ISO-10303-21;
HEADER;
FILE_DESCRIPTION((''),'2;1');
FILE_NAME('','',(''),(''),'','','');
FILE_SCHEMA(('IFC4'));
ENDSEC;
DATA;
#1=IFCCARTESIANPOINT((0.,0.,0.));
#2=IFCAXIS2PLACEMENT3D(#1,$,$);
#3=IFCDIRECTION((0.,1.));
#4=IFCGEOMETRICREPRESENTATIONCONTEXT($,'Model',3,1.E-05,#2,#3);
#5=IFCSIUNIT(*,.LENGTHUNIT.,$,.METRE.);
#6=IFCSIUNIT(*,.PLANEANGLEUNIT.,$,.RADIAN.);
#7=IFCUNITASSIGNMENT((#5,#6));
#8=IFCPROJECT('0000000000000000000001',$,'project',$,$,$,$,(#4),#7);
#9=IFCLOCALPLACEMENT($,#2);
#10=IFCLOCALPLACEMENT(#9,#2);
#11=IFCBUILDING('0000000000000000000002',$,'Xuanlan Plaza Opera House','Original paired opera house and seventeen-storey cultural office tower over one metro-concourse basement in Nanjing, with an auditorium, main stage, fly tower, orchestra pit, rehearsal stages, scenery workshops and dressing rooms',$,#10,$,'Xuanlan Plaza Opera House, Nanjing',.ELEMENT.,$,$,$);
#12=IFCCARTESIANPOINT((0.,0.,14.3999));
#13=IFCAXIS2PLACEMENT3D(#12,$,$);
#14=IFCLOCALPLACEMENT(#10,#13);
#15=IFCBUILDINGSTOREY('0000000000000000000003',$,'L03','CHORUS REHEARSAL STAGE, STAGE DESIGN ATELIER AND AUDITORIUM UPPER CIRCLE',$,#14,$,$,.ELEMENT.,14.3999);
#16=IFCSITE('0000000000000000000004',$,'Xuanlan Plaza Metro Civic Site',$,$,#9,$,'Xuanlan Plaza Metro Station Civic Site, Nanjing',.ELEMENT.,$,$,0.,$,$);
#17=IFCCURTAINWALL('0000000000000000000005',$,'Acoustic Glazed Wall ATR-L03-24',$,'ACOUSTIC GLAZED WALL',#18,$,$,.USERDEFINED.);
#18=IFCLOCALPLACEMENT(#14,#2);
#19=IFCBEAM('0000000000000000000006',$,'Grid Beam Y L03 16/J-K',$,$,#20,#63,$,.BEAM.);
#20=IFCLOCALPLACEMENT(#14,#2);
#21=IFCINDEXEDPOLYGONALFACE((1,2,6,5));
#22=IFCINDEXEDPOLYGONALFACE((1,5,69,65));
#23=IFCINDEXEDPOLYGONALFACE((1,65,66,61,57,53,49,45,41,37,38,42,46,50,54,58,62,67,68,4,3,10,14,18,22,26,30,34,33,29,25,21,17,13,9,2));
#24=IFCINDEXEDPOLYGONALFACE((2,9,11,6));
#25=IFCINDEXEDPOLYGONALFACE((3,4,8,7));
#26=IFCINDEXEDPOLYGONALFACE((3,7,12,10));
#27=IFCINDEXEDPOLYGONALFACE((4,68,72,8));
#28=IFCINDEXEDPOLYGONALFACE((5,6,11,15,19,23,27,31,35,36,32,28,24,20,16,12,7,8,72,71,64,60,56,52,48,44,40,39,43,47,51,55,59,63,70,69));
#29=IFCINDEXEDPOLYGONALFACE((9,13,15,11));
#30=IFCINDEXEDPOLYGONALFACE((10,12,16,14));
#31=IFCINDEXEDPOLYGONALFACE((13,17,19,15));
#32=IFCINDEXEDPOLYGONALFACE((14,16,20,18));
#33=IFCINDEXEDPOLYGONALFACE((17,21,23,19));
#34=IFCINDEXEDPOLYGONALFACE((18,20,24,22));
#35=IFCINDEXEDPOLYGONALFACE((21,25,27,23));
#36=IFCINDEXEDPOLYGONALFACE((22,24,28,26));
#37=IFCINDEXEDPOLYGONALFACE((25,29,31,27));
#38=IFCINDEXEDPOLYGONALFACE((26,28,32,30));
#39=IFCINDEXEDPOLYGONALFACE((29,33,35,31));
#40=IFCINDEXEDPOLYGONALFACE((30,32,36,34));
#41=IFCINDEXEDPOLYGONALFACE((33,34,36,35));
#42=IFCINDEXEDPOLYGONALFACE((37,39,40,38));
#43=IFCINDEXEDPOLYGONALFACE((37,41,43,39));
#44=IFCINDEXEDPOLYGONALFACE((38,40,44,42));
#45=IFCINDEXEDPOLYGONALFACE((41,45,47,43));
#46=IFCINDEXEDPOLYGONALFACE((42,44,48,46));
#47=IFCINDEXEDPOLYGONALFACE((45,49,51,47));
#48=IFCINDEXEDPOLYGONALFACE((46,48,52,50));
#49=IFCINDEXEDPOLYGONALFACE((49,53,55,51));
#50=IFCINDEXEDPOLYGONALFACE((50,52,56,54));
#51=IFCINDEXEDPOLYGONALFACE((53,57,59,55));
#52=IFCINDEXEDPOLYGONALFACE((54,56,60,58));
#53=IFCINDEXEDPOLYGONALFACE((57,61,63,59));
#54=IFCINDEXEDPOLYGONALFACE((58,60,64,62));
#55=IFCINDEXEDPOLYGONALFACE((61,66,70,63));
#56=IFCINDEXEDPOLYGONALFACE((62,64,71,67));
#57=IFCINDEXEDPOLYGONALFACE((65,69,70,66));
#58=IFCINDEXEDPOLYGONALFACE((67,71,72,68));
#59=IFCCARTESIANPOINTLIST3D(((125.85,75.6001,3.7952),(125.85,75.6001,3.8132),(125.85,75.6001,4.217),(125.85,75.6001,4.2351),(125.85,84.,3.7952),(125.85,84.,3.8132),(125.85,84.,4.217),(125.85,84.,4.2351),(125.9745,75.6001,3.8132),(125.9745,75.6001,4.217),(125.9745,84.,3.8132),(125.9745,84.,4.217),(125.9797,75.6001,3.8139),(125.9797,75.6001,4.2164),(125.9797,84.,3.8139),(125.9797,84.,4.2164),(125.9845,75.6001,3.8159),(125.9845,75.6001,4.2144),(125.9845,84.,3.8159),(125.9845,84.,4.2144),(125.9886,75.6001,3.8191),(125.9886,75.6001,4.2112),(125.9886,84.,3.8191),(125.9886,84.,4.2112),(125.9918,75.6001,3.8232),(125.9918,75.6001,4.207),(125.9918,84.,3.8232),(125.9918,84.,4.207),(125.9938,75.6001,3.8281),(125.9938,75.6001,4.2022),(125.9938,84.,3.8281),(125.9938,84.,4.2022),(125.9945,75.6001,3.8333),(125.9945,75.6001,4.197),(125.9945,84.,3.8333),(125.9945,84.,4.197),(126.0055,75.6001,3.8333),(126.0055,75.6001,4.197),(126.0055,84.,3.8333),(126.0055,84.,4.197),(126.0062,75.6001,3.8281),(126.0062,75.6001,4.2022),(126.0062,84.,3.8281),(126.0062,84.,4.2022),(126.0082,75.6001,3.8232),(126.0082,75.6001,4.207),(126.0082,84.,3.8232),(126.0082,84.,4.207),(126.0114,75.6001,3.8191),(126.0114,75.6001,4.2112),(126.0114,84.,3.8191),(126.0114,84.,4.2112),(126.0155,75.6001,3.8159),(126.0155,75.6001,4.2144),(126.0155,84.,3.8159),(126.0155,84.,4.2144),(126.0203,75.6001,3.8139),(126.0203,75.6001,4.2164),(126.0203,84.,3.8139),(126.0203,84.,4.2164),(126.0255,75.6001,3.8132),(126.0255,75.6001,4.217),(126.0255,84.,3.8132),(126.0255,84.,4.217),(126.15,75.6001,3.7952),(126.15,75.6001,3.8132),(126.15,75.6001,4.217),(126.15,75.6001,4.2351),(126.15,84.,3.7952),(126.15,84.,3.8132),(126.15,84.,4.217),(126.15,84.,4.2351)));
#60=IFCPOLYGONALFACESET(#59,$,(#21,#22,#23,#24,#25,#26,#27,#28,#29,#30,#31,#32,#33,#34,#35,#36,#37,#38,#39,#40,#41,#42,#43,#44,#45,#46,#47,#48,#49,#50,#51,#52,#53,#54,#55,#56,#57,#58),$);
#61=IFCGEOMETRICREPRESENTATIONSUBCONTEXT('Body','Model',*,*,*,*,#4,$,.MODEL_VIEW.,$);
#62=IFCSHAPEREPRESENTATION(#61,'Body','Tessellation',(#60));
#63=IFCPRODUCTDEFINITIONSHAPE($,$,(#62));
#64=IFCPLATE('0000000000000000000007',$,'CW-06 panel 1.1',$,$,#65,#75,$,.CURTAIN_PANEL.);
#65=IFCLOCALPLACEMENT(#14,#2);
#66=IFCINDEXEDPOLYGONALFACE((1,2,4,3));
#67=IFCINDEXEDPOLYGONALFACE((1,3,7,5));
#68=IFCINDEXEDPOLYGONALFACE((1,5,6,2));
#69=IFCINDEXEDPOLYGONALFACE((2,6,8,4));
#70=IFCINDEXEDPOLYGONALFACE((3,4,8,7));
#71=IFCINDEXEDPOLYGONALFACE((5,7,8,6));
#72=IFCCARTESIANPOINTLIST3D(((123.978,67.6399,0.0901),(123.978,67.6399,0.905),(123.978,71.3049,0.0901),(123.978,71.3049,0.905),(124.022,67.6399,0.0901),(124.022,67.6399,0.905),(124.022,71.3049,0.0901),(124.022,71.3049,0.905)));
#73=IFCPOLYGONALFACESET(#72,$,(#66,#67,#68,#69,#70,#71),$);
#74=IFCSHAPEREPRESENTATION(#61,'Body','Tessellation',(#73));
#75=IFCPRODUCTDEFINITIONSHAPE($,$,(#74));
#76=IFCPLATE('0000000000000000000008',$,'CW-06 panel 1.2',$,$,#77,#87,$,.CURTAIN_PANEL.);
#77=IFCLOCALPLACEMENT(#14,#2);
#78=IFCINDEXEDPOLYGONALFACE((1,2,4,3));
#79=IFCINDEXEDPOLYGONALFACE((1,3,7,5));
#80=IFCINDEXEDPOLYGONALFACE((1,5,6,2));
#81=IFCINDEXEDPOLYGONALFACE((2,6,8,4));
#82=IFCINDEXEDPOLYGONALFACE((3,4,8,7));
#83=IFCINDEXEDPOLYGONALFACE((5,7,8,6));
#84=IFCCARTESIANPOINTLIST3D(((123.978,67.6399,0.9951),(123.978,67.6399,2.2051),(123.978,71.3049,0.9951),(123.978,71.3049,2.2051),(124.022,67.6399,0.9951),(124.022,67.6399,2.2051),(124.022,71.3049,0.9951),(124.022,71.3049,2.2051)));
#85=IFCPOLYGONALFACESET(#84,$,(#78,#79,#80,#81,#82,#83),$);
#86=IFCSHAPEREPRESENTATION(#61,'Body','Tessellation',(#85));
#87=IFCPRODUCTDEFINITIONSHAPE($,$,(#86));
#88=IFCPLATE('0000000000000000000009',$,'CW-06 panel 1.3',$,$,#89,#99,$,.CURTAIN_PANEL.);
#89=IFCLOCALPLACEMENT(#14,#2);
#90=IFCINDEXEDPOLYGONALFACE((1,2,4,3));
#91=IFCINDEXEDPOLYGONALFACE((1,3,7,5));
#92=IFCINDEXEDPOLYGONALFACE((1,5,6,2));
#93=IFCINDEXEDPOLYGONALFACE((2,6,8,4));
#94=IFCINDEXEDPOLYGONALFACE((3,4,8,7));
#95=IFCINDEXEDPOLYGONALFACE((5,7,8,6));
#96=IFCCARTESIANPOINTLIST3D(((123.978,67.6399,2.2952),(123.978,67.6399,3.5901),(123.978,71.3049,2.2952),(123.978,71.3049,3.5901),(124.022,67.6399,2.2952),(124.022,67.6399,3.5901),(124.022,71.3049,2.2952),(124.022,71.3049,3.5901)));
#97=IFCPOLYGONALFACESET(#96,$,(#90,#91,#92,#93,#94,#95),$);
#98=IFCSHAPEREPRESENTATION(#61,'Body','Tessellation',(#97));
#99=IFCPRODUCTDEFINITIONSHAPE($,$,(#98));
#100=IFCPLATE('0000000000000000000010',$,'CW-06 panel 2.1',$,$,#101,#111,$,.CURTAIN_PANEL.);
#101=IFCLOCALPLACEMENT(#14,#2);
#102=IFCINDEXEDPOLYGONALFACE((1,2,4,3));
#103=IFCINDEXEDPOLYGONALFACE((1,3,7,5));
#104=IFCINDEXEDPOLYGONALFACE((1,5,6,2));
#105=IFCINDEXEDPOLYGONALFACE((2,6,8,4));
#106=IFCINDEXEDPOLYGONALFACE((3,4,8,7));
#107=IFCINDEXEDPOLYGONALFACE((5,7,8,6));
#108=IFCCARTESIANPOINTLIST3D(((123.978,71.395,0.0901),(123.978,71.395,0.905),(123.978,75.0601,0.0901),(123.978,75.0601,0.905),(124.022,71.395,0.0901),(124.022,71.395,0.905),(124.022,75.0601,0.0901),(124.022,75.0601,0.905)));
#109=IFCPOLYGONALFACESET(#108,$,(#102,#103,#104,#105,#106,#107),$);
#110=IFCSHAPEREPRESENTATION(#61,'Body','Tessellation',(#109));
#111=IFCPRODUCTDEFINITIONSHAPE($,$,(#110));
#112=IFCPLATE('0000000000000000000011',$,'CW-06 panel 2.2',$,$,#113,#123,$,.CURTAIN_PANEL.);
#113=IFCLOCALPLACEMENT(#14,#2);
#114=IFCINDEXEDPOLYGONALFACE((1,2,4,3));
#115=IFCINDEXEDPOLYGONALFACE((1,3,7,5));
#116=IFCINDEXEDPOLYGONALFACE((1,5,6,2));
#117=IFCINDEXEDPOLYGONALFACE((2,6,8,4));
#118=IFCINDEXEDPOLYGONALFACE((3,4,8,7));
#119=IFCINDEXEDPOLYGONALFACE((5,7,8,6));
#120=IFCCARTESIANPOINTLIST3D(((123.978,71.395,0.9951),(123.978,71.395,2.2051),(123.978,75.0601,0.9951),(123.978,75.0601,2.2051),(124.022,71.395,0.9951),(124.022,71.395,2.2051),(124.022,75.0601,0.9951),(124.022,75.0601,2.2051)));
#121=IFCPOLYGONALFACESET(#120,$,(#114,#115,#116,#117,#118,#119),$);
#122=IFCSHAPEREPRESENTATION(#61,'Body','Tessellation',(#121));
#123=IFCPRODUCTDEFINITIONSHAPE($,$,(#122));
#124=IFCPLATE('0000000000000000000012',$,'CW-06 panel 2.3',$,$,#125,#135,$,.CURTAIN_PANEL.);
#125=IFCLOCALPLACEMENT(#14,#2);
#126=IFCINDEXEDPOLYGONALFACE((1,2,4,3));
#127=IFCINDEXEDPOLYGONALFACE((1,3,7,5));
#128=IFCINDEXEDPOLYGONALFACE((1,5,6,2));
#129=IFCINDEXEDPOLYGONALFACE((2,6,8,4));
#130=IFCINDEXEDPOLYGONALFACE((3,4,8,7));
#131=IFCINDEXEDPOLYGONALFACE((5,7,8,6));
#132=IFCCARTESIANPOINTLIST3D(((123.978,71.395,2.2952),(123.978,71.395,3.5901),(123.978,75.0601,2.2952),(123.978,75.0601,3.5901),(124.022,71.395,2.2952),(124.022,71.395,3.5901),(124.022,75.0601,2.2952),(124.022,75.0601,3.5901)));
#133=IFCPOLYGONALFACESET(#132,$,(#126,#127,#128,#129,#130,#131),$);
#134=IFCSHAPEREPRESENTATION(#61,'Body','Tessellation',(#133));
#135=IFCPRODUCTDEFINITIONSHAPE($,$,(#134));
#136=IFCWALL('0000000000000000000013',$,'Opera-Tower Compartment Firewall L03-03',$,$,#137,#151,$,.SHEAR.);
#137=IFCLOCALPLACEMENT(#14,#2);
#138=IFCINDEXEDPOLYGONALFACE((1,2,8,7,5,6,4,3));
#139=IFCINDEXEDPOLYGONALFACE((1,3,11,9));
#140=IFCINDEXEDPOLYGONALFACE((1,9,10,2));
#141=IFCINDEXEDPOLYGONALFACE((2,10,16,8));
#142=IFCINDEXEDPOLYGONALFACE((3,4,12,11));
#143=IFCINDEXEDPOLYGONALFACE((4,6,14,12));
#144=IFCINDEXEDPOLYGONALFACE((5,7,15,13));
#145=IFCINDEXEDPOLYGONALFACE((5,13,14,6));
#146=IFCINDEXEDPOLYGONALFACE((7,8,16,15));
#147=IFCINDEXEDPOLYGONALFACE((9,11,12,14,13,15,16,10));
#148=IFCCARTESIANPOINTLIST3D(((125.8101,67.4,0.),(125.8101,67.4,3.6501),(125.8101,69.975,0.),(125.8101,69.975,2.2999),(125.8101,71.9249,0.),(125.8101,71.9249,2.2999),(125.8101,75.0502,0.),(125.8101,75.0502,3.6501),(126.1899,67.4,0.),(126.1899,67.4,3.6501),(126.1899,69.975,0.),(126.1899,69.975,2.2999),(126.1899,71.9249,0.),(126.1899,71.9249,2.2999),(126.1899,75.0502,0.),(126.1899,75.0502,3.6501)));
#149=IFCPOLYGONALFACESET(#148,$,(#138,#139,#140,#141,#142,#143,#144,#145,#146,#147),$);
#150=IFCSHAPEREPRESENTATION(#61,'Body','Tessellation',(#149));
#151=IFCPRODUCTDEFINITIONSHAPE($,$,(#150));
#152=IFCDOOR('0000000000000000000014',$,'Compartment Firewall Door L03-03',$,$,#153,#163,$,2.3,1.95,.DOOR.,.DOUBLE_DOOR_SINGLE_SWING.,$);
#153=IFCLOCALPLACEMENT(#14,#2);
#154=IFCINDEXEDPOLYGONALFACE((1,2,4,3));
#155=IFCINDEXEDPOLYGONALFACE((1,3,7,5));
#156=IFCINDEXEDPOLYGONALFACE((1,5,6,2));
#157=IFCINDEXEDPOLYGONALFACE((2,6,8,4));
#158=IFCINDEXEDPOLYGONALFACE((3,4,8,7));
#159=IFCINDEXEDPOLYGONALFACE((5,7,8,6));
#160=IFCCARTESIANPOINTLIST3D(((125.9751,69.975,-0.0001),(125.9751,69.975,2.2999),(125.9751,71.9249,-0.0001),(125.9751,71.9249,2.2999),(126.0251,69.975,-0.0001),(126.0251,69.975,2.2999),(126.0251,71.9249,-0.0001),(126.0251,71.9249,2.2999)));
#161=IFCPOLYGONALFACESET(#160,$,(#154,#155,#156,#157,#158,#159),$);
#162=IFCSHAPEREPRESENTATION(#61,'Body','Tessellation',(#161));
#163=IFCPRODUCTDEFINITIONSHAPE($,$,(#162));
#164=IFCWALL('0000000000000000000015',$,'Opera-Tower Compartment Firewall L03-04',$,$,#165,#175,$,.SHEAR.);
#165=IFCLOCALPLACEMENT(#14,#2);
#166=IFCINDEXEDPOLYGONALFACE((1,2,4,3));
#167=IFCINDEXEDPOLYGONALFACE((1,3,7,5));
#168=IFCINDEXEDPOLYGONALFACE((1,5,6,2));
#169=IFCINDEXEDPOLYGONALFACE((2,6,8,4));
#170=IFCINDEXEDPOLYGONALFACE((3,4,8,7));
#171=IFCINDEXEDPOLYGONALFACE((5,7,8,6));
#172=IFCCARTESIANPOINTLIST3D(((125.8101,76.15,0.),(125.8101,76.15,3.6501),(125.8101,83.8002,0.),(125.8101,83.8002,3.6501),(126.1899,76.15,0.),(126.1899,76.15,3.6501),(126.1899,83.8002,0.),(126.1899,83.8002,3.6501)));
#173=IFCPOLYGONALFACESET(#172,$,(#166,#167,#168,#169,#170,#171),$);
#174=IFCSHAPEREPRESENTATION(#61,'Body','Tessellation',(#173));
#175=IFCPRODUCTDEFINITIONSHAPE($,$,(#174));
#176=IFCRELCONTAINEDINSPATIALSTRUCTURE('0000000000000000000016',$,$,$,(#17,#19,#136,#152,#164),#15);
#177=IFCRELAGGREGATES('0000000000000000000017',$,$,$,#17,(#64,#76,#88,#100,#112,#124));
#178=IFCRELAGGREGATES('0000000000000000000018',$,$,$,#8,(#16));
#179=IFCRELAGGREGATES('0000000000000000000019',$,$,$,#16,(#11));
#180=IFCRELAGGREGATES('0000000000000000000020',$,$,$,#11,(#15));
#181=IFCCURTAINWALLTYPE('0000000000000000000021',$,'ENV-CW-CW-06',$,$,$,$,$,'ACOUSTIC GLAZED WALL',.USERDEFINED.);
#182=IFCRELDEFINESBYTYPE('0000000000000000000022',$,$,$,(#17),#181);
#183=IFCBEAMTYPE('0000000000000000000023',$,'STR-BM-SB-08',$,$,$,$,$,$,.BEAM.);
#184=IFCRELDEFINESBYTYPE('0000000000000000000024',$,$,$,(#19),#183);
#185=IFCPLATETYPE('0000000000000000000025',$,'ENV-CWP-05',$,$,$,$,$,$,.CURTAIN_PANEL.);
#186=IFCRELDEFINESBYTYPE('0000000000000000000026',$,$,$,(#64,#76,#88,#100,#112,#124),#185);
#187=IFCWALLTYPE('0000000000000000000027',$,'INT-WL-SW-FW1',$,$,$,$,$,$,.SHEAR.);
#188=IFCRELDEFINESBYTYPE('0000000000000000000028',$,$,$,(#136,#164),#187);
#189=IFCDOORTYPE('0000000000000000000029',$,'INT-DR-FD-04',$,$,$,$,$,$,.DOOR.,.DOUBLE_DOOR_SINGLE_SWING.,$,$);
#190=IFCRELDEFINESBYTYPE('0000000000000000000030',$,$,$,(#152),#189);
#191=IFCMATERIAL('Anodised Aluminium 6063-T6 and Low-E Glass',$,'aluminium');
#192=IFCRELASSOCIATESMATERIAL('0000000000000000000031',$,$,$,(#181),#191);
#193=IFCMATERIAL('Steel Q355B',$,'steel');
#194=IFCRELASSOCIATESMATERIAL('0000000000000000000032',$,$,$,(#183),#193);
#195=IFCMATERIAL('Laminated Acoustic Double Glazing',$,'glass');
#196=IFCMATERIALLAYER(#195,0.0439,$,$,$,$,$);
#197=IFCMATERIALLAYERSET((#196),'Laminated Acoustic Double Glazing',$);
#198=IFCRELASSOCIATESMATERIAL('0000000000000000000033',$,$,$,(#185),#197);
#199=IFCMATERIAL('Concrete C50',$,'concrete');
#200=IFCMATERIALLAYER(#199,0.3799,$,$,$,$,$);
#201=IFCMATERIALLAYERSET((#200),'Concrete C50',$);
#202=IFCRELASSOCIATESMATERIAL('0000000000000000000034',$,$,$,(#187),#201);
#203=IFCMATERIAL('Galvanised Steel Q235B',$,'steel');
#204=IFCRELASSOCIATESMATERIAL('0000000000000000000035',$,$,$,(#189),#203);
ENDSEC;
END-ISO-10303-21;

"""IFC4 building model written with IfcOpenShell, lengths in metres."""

from ifc_helpers import new_model, si_unit, direction, frame, frame_2d, origin, origin_2d, place, context, subcontext, project, spatial, rectangle, i_section, extrude, material, layer, layer_set, material_profile, profile_set, type_object, element, fill, aggregate, save


model = new_model("IFC4")

# Units and contexts
model_context = context("Model", 3, precision=1e-05, world=origin(), true_north=direction((0.0, 1.0)))
body_context = subcontext(model_context, "Body", "Model", "MODEL_VIEW")
ifc_project = project(units=[si_unit("LENGTHUNIT", "METRE"), si_unit("PLANEANGLEUNIT", "RADIAN")], contexts=[model_context])

# Site, building, storey
site_placement = place(None, origin())
site = spatial("IfcSite", under=ifc_project, at=site_placement, Name="Xuanlan Plaza Metro Civic Site", LongName="Xuanlan Plaza Metro Station Civic Site, Nanjing", CompositionType="ELEMENT", RefElevation=0.0)
building_placement = place(site_placement, origin())
building = spatial("IfcBuilding", under=site, at=building_placement, Name="Xuanlan Plaza Opera House", Description="Original paired opera house and seventeen-storey cultural office tower over one metro-concourse basement in Nanjing, with an auditorium, main stage, fly tower, orchestra pit, rehearsal stages, scenery workshops and dressing rooms", LongName="Xuanlan Plaza Opera House, Nanjing", CompositionType="ELEMENT")
storey_placement = place(building_placement, frame((0.0, 0.0, 14.3999)))
storey = spatial("IfcBuildingStorey", under=building, at=storey_placement, Name="L03", Description="CHORUS REHEARSAL STAGE, STAGE DESIGN ATELIER AND AUDITORIUM UPPER CIRCLE", CompositionType="ELEMENT", Elevation=14.3999)

# Shared definitions
ifc_material_1 = material(Name="Concrete C50", Category="concrete")
ifc_material_2 = material(Name="Steel Q355B", Category="steel")

# Curtain wall
ifc_material_3 = material(Name="Anodised Aluminium 6063-T6 and Low-E Glass", Category="aluminium")
curtain_wall_type = type_object("IfcCurtainWallType", Name="ENV-CW-CW-06", ElementType="ACOUSTIC GLAZED WALL", PredefinedType="USERDEFINED", material=ifc_material_3)
curtain_wall_placement = place(storey_placement, origin())
curtain_wall = element("IfcCurtainWall", 1, at=curtain_wall_placement, inside=storey, type_object=curtain_wall_type, Name="Acoustic Glazed Wall ATR-L03-24", ObjectType="ACOUSTIC GLAZED WALL", PredefinedType="USERDEFINED")

# Beam
ifc_material_profile_1 = material_profile(ifc_material_2, i_section(OverallWidth=0.3, OverallDepth=0.4399, WebThickness=0.011, FlangeThickness=0.0181, FilletRadius=0.02, at=origin_2d()), Name="HM 440x300x11x18")
ifc_profile_set_1 = profile_set([ifc_material_profile_1], Name="Steel Q355B")
beam_type_1 = type_object("IfcBeamType", Name="STR-BM-SB-08", PredefinedType="BEAM", material=ifc_profile_set_1)
beam_1_placement = place(storey_placement, frame((126.0, 75.6001, 4.0151), z_axis=(0.0, 1.0, 0.0), x_axis=(-1.0, 0.0, 0.0)))
element("IfcBeam", 2, at=beam_1_placement, inside=storey, type_object=beam_type_1, Name="Grid Beam Y L03 16/J-K", PredefinedType="BEAM", context=body_context, shape_type="SweptSolid", body=[
    extrude(i_section(OverallWidth=0.3, OverallDepth=0.4399, WebThickness=0.011, FlangeThickness=0.0181, FilletRadius=0.02, at=origin_2d()), origin(), (0.0, 0.0, 1.0), 8.3999),
])

# Plates
ifc_material_4 = material(Name="Laminated Acoustic Double Glazing", Category="glass")
ifc_layer_1 = layer(ifc_material_4, 0.0439)
ifc_layer_set_1 = layer_set([ifc_layer_1], Name="Laminated Acoustic Double Glazing")
plate_type = type_object("IfcPlateType", Name="ENV-CWP-05", PredefinedType="CURTAIN_PANEL", material=ifc_layer_set_1)
plate_1_placement = place(storey_placement, frame((124.0, 69.4724, 0.0901), z_axis=(0.0, 0.0, 1.0), x_axis=(0.0, 1.0, 0.0)))
plate_1 = element("IfcPlate", 3, at=plate_1_placement, type_object=plate_type, Name="CW-06 panel 1.1", PredefinedType="CURTAIN_PANEL", context=body_context, shape_type="SweptSolid", body=[
    extrude(rectangle(XDim=3.665, YDim=0.0439, at=origin_2d()), origin(), (0.0, 0.0, 1.0), 0.8149),
])
plate_2_placement = place(storey_placement, frame((124.0, 69.4724, 0.9951), z_axis=(0.0, 0.0, 1.0), x_axis=(0.0, 1.0, 0.0)))
plate_2 = element("IfcPlate", 4, at=plate_2_placement, type_object=plate_type, Name="CW-06 panel 1.2", PredefinedType="CURTAIN_PANEL", context=body_context, shape_type="SweptSolid", body=[
    extrude(rectangle(XDim=3.665, YDim=0.0439, at=origin_2d()), origin(), (0.0, 0.0, 1.0), 1.21),
])
plate_3_placement = place(storey_placement, frame((124.0, 69.4724, 2.2952), z_axis=(0.0, 0.0, 1.0), x_axis=(0.0, 1.0, 0.0)))
plate_3 = element("IfcPlate", 5, at=plate_3_placement, type_object=plate_type, Name="CW-06 panel 1.3", PredefinedType="CURTAIN_PANEL", context=body_context, shape_type="SweptSolid", body=[
    extrude(rectangle(XDim=3.665, YDim=0.0439, at=origin_2d()), origin(), (0.0, 0.0, 1.0), 1.2949),
])
plate_4_placement = place(storey_placement, frame((124.0, 73.2275, 0.0901), z_axis=(0.0, 0.0, 1.0), x_axis=(0.0, 1.0, 0.0)))
plate_4 = element("IfcPlate", 6, at=plate_4_placement, type_object=plate_type, Name="CW-06 panel 2.1", PredefinedType="CURTAIN_PANEL", context=body_context, shape_type="SweptSolid", body=[
    extrude(rectangle(XDim=3.665, YDim=0.0439, at=origin_2d()), origin(), (0.0, 0.0, 1.0), 0.8149),
])
plate_5_placement = place(storey_placement, frame((124.0, 73.2275, 0.9951), z_axis=(0.0, 0.0, 1.0), x_axis=(0.0, 1.0, 0.0)))
plate_5 = element("IfcPlate", 7, at=plate_5_placement, type_object=plate_type, Name="CW-06 panel 2.2", PredefinedType="CURTAIN_PANEL", context=body_context, shape_type="SweptSolid", body=[
    extrude(rectangle(XDim=3.665, YDim=0.0439, at=origin_2d()), origin(), (0.0, 0.0, 1.0), 1.21),
])
plate_6_placement = place(storey_placement, frame((124.0, 73.2275, 2.2952), z_axis=(0.0, 0.0, 1.0), x_axis=(0.0, 1.0, 0.0)))
plate_6 = element("IfcPlate", 8, at=plate_6_placement, type_object=plate_type, Name="CW-06 panel 2.3", PredefinedType="CURTAIN_PANEL", context=body_context, shape_type="SweptSolid", body=[
    extrude(rectangle(XDim=3.665, YDim=0.0439, at=origin_2d()), origin(), (0.0, 0.0, 1.0), 1.2949),
])
aggregate(curtain_wall, [plate_1, plate_2, plate_3, plate_4, plate_5, plate_6])

# Wall, opening, door
ifc_layer_2 = layer(ifc_material_1, 0.3799)
ifc_layer_set_2 = layer_set([ifc_layer_2], Name="Concrete C50")
wall_type = type_object("IfcWallType", Name="INT-WL-SW-FW1", PredefinedType="SHEAR", material=ifc_layer_set_2)
wall_1_placement = place(storey_placement, frame((126.0, 67.3999, 0.0), z_axis=(0.0, 0.0, 1.0), x_axis=(0.0, 1.0, 0.0)))
wall_1 = element("IfcWall", 9, at=wall_1_placement, inside=storey, type_object=wall_type, Name="Opera-Tower Compartment Firewall L03-03", PredefinedType="SHEAR", context=body_context, shape_type="SweptSolid", body=[
    extrude(rectangle(XDim=7.6501, YDim=0.3799, at=frame_2d((3.8252, 0.0))), origin(), (0.0, 0.0, 1.0), 3.6501),
])
opening_placement = place(wall_1_placement, frame((2.575, 0.0, 0.0)))
opening = element("IfcOpeningElement", 10, at=opening_placement, cuts=wall_1, PredefinedType="OPENING", context=body_context, shape_type="SweptSolid", body=[
    extrude(rectangle(XDim=1.95, YDim=2.3, at=frame_2d((0.9751, 1.1499))), frame((0.0, 0.2, 0.0), z_axis=(0.0, -1.0, 0.0), x_axis=(1.0, 0.0, 0.0)), (0.0, 0.0, 1.0), 0.3999),
])
ifc_material_5 = material(Name="Galvanised Steel Q235B", Category="steel")
door_type = type_object("IfcDoorType", Name="INT-DR-FD-04", OperationType="DOUBLE_DOOR_SINGLE_SWING", PredefinedType="DOOR", material=ifc_material_5)
door_placement = place(opening_placement, origin())
door = element("IfcDoor", 11, at=door_placement, inside=storey, type_object=door_type, Name="Compartment Firewall Door L03-03", OperationType="DOUBLE_DOOR_SINGLE_SWING", OverallHeight=2.3, OverallWidth=1.95, PredefinedType="DOOR", context=body_context, shape_type="SweptSolid", body=[
    extrude(rectangle(XDim=1.95, YDim=2.3, at=frame_2d((0.9751, 1.1499))), frame((0.0, 0.0249, 0.0), z_axis=(0.0, -1.0, 0.0), x_axis=(1.0, 0.0, 0.0)), (0.0, 0.0, 1.0), 0.05),
])
fill(opening, door)

# Wall
wall_2_placement = place(storey_placement, frame((126.0, 76.1499, 0.0), z_axis=(0.0, 0.0, 1.0), x_axis=(0.0, 1.0, 0.0)))
element("IfcWall", 12, at=wall_2_placement, inside=storey, type_object=wall_type, Name="Opera-Tower Compartment Firewall L03-04", PredefinedType="SHEAR", context=body_context, shape_type="SweptSolid", body=[
    extrude(rectangle(XDim=7.6501, YDim=0.3799, at=frame_2d((3.8252, 0.0))), origin(), (0.0, 0.0, 1.0), 3.6501),
])

save(model, "model.ifc")
